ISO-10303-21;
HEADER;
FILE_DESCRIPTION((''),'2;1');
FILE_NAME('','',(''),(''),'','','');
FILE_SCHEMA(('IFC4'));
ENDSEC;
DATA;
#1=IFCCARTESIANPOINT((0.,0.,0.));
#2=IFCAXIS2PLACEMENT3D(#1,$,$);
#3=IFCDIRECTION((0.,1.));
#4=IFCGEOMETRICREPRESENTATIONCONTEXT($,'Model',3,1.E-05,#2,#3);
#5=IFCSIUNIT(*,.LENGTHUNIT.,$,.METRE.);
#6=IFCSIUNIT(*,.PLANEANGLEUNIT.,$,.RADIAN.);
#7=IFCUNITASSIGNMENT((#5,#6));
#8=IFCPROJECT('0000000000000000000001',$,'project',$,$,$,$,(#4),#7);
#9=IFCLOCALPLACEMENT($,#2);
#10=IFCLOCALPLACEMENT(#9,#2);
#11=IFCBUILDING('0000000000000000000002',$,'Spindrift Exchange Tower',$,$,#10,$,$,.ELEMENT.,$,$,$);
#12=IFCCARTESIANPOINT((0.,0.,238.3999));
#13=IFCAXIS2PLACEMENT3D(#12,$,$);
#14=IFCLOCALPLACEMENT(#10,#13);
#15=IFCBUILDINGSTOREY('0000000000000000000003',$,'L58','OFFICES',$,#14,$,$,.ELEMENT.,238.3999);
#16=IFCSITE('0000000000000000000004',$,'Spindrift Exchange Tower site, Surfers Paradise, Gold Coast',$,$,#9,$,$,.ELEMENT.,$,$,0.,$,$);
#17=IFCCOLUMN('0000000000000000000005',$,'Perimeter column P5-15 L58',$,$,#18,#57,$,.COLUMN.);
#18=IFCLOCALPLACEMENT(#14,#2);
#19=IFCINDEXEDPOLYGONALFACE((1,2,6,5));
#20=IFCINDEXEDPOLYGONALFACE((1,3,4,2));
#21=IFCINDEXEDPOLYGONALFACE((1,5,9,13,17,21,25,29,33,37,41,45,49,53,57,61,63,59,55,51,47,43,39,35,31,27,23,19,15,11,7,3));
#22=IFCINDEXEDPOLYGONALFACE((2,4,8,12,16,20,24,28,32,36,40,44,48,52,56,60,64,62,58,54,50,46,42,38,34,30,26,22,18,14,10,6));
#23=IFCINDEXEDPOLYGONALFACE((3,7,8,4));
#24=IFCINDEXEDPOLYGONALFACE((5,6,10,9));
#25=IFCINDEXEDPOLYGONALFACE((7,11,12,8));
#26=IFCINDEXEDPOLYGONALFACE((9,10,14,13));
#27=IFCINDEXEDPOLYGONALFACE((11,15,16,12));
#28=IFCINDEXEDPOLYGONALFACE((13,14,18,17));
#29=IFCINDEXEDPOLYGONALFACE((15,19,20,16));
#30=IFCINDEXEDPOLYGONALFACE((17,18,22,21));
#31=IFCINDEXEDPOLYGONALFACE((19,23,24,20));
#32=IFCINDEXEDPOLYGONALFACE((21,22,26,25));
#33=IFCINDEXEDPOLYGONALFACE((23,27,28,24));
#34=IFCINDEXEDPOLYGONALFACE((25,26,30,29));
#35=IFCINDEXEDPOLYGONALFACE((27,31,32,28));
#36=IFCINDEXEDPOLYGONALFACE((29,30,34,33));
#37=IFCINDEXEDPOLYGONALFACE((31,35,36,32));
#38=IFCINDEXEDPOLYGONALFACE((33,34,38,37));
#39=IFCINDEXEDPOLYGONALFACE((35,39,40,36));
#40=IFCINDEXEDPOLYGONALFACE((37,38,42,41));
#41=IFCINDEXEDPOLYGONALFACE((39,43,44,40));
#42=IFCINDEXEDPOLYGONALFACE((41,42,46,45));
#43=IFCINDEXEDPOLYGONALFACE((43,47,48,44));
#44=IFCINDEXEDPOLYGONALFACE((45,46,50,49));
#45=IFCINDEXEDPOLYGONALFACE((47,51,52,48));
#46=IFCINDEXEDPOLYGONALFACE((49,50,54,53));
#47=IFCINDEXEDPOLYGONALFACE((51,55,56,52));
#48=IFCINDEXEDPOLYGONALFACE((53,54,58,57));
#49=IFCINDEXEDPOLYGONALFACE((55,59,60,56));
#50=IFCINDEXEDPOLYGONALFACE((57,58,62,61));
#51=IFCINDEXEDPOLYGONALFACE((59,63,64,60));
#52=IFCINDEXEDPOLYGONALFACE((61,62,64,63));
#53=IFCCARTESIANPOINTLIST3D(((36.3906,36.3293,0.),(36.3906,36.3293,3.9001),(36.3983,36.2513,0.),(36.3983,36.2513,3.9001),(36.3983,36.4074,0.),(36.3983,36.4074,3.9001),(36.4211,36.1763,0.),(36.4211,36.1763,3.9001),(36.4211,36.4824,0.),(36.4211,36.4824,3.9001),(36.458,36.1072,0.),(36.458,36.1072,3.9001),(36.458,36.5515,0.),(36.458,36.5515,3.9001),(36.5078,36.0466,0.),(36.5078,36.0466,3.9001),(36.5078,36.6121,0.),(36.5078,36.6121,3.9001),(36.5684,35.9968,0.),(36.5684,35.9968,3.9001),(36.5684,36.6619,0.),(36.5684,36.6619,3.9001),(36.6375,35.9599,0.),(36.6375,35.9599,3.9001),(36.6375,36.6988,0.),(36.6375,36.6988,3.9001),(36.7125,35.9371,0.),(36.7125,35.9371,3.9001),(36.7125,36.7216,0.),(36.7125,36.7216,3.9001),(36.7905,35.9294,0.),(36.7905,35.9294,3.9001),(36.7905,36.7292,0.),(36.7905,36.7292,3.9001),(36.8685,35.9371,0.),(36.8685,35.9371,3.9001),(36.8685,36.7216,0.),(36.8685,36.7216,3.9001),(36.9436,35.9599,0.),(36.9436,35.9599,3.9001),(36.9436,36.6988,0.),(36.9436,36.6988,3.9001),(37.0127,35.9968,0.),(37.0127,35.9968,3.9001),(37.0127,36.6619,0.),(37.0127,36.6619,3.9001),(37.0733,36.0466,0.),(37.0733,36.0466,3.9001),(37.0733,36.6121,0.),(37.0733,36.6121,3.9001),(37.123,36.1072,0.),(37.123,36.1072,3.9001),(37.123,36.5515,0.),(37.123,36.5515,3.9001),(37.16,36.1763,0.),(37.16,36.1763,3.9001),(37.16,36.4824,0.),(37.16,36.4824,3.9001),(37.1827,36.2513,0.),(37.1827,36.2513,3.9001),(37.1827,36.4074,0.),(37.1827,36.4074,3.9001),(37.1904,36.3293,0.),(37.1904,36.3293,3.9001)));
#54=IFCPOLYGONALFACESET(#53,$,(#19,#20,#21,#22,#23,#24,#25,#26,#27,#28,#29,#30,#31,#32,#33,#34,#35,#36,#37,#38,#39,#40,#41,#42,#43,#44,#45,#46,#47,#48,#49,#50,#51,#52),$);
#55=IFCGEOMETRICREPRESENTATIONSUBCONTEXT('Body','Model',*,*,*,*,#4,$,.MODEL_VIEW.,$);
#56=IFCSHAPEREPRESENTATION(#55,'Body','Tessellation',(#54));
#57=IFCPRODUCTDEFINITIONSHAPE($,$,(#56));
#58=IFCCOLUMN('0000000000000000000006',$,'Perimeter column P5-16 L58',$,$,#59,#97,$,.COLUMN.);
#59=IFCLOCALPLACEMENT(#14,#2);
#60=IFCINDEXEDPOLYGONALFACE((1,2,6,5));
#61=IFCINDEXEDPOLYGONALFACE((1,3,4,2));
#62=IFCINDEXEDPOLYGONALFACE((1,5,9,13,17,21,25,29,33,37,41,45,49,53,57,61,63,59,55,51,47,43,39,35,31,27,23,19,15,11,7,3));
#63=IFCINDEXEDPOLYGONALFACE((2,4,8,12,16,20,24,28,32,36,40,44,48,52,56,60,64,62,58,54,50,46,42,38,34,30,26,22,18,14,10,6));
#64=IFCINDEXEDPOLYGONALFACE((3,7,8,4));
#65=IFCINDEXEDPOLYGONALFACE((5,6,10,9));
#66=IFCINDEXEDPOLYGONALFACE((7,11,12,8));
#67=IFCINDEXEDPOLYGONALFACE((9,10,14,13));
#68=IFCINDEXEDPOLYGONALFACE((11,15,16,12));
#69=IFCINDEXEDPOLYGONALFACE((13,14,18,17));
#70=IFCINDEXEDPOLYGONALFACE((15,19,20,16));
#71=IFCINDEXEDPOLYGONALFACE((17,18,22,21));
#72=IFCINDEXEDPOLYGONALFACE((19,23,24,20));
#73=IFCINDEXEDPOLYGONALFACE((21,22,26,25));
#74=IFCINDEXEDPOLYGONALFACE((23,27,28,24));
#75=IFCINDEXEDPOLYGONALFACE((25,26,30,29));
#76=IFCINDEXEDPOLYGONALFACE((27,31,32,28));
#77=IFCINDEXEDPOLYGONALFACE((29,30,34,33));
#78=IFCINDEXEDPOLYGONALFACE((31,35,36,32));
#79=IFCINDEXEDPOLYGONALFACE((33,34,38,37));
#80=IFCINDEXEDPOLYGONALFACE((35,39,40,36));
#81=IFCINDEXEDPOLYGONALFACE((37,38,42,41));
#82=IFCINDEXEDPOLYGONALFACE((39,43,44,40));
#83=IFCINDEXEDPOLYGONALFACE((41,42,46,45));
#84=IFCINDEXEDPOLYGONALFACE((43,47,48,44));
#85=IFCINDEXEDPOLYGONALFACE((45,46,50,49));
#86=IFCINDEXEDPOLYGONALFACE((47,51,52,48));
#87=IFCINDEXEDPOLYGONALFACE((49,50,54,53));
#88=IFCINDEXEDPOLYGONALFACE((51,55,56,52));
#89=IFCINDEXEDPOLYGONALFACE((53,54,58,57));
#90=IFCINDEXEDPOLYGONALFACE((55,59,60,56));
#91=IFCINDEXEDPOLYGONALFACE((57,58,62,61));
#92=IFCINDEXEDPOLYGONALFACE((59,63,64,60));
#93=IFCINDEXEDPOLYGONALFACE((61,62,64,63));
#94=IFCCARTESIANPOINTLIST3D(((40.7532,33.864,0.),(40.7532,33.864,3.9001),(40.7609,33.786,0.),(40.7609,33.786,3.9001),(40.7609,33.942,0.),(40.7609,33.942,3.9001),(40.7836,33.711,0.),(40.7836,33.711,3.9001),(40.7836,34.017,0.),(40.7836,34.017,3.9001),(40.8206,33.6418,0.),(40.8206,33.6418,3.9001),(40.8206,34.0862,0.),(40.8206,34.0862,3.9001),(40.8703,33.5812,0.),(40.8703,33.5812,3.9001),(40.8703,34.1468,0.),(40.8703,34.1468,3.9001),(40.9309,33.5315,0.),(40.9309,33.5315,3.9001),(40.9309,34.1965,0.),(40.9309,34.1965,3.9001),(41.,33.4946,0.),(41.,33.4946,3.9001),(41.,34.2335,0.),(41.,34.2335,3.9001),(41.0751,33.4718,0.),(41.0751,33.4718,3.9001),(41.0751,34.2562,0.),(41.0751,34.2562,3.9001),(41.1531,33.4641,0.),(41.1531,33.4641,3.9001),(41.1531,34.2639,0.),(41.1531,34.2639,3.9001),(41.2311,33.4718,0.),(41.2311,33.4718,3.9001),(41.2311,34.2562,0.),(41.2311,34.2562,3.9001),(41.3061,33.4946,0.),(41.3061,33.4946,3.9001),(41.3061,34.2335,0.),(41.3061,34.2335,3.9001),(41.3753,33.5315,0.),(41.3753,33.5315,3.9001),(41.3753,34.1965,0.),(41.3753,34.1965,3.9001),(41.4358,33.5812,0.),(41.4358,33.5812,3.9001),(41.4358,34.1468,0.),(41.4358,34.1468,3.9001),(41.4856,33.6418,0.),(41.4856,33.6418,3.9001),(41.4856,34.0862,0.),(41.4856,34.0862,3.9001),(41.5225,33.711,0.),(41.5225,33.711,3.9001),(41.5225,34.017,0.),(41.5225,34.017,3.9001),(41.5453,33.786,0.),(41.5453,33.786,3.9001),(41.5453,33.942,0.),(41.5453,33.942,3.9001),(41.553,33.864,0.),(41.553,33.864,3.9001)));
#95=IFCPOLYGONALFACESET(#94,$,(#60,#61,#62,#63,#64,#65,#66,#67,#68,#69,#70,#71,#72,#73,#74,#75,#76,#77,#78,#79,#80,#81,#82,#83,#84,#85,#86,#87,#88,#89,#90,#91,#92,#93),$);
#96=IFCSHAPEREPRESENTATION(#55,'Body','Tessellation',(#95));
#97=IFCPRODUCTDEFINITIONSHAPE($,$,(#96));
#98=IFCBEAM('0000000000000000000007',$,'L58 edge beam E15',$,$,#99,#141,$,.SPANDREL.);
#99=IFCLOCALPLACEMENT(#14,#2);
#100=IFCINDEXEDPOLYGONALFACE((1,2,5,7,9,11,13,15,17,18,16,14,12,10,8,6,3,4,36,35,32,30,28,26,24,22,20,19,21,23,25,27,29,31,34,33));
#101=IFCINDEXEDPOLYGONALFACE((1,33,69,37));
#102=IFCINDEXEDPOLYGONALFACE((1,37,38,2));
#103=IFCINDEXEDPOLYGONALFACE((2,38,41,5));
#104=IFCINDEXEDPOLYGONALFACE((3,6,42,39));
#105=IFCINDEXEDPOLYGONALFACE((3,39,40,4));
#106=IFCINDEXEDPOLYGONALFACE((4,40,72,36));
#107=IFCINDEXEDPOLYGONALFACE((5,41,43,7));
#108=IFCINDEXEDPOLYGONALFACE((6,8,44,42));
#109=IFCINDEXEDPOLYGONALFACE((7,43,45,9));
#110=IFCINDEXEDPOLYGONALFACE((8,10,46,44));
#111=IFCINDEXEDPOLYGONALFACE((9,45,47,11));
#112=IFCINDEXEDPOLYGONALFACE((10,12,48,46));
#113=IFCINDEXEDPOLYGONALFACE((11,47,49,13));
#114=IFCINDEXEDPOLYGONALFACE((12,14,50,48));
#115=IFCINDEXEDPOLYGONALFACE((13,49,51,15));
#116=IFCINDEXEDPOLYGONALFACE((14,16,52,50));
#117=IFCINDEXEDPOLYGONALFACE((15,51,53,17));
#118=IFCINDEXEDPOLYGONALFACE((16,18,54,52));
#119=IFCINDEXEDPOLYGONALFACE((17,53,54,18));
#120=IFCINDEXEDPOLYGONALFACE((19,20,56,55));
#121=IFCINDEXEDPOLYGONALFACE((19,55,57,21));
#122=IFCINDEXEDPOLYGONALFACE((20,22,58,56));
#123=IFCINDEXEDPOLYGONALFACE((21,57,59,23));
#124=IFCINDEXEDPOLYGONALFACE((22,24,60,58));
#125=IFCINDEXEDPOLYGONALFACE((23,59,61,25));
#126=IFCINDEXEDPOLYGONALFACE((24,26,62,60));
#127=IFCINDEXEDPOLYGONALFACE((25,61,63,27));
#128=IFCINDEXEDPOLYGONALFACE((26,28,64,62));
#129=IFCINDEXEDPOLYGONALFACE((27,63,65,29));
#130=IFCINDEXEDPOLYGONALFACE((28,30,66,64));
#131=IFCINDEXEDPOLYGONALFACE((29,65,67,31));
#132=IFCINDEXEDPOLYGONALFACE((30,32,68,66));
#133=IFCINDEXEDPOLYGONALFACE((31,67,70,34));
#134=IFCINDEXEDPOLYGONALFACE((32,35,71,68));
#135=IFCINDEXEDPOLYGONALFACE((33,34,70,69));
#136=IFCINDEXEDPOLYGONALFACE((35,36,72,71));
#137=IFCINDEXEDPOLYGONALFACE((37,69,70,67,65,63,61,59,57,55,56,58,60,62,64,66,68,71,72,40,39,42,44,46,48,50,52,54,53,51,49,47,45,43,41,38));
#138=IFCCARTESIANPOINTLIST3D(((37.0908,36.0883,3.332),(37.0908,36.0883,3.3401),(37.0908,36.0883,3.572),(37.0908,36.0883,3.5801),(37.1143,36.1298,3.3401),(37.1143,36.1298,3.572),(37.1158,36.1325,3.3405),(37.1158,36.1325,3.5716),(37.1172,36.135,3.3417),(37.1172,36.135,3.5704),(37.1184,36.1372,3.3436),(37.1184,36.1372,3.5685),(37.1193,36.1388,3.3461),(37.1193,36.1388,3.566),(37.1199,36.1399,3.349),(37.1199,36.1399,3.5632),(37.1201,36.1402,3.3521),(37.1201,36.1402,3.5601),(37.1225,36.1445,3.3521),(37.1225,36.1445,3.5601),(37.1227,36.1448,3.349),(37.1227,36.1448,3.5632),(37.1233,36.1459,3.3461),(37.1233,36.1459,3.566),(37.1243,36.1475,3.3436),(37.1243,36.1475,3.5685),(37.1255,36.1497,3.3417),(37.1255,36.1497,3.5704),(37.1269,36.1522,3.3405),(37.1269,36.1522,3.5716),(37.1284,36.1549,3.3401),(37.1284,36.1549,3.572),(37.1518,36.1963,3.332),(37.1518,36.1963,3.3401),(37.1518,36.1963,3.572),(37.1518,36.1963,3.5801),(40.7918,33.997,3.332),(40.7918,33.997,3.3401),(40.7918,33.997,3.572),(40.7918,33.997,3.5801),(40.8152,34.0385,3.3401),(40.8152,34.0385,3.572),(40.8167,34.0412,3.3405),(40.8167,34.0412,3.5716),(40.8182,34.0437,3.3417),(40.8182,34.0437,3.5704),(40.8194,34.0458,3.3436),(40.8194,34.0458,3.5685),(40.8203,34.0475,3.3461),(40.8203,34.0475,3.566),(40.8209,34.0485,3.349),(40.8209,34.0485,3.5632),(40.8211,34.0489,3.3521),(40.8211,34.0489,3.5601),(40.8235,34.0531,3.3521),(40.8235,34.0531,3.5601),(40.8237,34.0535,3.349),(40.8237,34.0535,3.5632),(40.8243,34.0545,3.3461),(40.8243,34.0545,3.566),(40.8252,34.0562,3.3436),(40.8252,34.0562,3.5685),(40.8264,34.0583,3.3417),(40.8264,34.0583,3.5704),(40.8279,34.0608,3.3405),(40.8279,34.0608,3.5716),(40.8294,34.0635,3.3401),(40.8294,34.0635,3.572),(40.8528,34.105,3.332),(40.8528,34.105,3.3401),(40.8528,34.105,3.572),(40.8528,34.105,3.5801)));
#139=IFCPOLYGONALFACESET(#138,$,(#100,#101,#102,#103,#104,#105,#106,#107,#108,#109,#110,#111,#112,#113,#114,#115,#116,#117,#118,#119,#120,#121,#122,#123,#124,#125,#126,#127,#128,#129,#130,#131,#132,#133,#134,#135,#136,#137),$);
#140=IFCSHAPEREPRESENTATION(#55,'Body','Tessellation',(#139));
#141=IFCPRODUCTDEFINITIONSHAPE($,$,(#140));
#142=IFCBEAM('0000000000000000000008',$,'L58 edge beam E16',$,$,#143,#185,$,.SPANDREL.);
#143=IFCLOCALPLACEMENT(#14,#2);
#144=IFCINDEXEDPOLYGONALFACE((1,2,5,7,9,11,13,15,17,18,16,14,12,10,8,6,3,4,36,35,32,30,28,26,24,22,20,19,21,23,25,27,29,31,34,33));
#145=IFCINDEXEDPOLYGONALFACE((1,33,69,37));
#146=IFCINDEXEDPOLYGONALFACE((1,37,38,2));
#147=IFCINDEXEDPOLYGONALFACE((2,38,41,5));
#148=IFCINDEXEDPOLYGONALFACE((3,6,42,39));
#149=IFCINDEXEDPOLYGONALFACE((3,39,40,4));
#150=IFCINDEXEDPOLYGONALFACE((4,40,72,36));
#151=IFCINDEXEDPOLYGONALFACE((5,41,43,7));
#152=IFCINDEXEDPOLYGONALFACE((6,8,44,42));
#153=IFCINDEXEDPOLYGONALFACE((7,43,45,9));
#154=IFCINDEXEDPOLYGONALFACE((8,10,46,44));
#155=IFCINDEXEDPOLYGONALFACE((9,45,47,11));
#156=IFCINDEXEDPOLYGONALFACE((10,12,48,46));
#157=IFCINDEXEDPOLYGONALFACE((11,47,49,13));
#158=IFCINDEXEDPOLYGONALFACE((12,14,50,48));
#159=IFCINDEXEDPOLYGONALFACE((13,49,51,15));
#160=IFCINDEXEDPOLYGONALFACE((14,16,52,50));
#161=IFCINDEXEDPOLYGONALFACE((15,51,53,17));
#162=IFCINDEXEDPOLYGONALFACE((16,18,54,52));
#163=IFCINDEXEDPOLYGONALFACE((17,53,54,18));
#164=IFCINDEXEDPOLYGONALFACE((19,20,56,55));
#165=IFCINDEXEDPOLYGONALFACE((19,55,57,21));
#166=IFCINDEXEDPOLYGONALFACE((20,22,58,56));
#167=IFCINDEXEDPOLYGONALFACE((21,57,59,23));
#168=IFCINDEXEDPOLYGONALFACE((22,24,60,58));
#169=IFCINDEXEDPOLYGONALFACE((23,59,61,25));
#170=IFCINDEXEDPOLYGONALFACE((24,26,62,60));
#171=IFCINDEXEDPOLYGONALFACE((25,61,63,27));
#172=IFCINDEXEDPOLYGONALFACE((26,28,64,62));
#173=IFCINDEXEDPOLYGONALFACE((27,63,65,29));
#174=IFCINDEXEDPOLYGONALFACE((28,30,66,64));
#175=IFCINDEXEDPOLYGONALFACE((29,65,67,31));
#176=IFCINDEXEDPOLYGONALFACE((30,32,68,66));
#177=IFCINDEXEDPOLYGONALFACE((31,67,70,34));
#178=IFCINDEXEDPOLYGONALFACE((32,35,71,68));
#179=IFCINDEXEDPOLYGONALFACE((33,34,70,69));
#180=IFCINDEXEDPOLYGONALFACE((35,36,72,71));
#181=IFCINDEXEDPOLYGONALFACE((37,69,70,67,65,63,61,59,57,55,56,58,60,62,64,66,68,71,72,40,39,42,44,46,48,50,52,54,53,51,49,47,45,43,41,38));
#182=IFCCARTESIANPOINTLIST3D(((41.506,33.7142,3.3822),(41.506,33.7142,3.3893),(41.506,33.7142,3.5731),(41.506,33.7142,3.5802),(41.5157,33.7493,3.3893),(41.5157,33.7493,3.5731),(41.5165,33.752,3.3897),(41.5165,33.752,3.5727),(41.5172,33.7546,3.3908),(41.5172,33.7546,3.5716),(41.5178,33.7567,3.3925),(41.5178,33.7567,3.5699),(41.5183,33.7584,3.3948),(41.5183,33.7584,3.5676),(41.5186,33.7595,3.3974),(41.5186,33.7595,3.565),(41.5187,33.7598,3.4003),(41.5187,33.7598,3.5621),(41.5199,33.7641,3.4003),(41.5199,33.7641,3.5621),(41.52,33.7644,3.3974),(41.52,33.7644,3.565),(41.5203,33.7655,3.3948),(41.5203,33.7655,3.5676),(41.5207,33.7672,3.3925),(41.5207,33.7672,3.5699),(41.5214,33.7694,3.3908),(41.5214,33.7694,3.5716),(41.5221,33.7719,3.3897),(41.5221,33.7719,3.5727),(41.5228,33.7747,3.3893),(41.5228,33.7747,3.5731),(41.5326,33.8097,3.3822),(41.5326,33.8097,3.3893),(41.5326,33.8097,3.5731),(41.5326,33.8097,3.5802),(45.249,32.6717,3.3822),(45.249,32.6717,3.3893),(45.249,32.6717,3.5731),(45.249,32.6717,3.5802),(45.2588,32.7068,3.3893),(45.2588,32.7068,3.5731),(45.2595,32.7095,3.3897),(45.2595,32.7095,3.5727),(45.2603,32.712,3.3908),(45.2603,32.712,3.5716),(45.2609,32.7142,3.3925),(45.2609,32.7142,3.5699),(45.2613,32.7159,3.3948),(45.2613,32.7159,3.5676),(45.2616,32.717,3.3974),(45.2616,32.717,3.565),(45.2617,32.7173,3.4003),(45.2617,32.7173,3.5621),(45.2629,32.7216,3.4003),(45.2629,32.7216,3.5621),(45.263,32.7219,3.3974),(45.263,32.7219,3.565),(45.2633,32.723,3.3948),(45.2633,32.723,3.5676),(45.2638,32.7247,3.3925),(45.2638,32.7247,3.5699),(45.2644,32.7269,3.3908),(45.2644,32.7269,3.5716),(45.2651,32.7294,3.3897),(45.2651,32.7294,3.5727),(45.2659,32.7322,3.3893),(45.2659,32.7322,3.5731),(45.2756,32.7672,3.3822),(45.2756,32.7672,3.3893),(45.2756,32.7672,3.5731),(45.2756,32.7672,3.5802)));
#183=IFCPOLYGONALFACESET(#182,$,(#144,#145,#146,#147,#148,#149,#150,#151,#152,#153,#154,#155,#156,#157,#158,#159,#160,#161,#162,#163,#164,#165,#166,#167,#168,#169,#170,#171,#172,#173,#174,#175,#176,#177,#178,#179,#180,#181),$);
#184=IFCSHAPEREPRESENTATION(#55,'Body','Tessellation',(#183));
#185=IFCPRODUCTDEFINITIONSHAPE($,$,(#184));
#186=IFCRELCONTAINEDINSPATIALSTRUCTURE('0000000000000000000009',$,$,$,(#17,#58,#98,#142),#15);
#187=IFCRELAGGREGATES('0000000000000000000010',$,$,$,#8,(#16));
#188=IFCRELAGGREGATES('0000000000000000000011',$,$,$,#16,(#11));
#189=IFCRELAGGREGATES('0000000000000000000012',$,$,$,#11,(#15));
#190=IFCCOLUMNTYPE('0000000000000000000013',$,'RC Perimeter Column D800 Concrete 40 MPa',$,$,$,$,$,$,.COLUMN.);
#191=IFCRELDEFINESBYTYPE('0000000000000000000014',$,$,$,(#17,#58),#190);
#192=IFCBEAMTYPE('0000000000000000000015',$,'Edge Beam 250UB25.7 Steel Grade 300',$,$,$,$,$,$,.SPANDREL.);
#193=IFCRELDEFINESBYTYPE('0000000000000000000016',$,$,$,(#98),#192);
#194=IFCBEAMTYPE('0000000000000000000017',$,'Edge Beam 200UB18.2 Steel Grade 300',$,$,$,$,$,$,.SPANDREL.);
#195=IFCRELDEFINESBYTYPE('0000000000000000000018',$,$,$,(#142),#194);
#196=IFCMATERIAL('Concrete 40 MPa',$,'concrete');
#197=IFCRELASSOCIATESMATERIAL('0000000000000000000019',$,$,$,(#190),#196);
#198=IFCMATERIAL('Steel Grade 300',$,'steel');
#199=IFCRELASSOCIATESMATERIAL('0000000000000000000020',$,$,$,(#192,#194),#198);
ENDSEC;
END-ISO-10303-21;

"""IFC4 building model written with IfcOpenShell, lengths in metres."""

from ifc_helpers import new_model, si_unit, direction, frame, origin, origin_2d, place, context, subcontext, project, spatial, circle, i_section, extrude, source, transform, mapped, material, material_profile, profile_set, type_object, element, save


model = new_model("IFC4")

# Units and contexts
model_context = context("Model", 3, precision=1e-05, world=origin(), true_north=direction((0.0, 1.0)))
body_context = subcontext(model_context, "Body", "Model", "MODEL_VIEW")
ifc_project = project(units=[si_unit("LENGTHUNIT", "METRE"), si_unit("PLANEANGLEUNIT", "RADIAN")], contexts=[model_context])

# Site, building, storey
site_placement = place(None, origin())
site = spatial("IfcSite", under=ifc_project, at=site_placement, Name="Spindrift Exchange Tower site, Surfers Paradise, Gold Coast", CompositionType="ELEMENT", RefElevation=0.0)
building_placement = place(site_placement, origin())
building = spatial("IfcBuilding", under=site, at=building_placement, Name="Spindrift Exchange Tower", CompositionType="ELEMENT")
storey_placement = place(building_placement, frame((0.0, 0.0, 238.3999)))
storey = spatial("IfcBuildingStorey", under=building, at=storey_placement, Name="L58", Description="OFFICES", CompositionType="ELEMENT", Elevation=238.3999)

# Columns
ifc_material_1 = material(Name="Concrete 40 MPa", Category="concrete")
ifc_material_profile_1 = material_profile(ifc_material_1, circle(Radius=0.3999, at=origin_2d()), Name="RC D800")
ifc_profile_set_1 = profile_set([ifc_material_profile_1], Name="Concrete 40 MPa")
column_type = type_object("IfcColumnType", Name="RC Perimeter Column D800 Concrete 40 MPa", PredefinedType="COLUMN", material=ifc_profile_set_1)
shared_shape_1 = source(origin(), body_context, "Body", "SweptSolid", [
    extrude(circle(Radius=0.3999, at=origin_2d()), origin(), (0.0, 0.0, 1.0), 3.9001),
])
for number, where, z_axis, x_axis, name in (
    (1, (36.7905, 36.3293, 0.0), (0.0, 0.0, 1.0), (1.0, 0.0, 0.0), "Perimeter column P5-15 L58"),
    (2, (41.1531, 33.864, 0.0), (0.0, 0.0, 1.0), (1.0, 0.0, 0.0), "Perimeter column P5-16 L58"),
):
    element("IfcColumn", number, at=place(storey_placement, frame(where, z_axis=z_axis, x_axis=x_axis)), inside=storey, type_object=column_type, Name=name, PredefinedType="COLUMN", context=body_context, shape_type="MappedRepresentation", body=[
        mapped(shared_shape_1, transform((0.0, 0.0, 0.0), scale=1.0)),
    ])

# Beams
ifc_material_2 = material(Name="Steel Grade 300", Category="steel")
ifc_material_profile_2 = material_profile(ifc_material_2, i_section(OverallWidth=0.124, OverallDepth=0.248, WebThickness=0.0049, FlangeThickness=0.0081, FilletRadius=0.012, at=origin_2d()), Name="250UB25.7")
ifc_profile_set_2 = profile_set([ifc_material_profile_2], Name="Steel Grade 300")
beam_type_1 = type_object("IfcBeamType", Name="Edge Beam 250UB25.7 Steel Grade 300", PredefinedType="SPANDREL", material=ifc_profile_set_2)
shared_shape_2 = source(origin(), body_context, "Body", "SweptSolid", [
    extrude(i_section(OverallWidth=0.124, OverallDepth=0.248, WebThickness=0.0049, FlangeThickness=0.0081, FilletRadius=0.012, at=origin_2d()), origin(), (0.0, 0.0, 1.0), 4.251),
])
beam_1_placement = place(storey_placement, frame((37.1213, 36.1423, 3.4561), z_axis=(0.870615, -0.491965, 0.0), x_axis=(0.491965, 0.870615, 0.0)))
element("IfcBeam", 3, at=beam_1_placement, inside=storey, type_object=beam_type_1, Name="L58 edge beam E15", PredefinedType="SPANDREL", context=body_context, shape_type="MappedRepresentation", body=[
    mapped(shared_shape_2, transform((0.0, 0.0, 0.0), scale=1.0)),
])
ifc_material_profile_3 = material_profile(ifc_material_2, i_section(OverallWidth=0.0991, OverallDepth=0.198, WebThickness=0.0044, FlangeThickness=0.0071, FilletRadius=0.011, at=origin_2d()), Name="200UB18.2")
ifc_profile_set_3 = profile_set([ifc_material_profile_3], Name="Steel Grade 300")
beam_type_2 = type_object("IfcBeamType", Name="Edge Beam 200UB18.2 Steel Grade 300", PredefinedType="SPANDREL", material=ifc_profile_set_3)
shared_shape_3 = source(origin(), body_context, "Body", "SweptSolid", [
    extrude(i_section(OverallWidth=0.0991, OverallDepth=0.198, WebThickness=0.0044, FlangeThickness=0.0071, FilletRadius=0.011, at=origin_2d()), origin(), (0.0, 0.0, 1.0), 3.8855),
])
beam_2_placement = place(storey_placement, frame((41.5193, 33.762, 3.4812), z_axis=(0.963333, -0.268308, 0.0), x_axis=(0.268308, 0.963333, 0.0)))
element("IfcBeam", 4, at=beam_2_placement, inside=storey, type_object=beam_type_2, Name="L58 edge beam E16", PredefinedType="SPANDREL", context=body_context, shape_type="MappedRepresentation", body=[
    mapped(shared_shape_3, transform((0.0, 0.0, 0.0), scale=1.0)),
])

save(model, "model.ifc")
